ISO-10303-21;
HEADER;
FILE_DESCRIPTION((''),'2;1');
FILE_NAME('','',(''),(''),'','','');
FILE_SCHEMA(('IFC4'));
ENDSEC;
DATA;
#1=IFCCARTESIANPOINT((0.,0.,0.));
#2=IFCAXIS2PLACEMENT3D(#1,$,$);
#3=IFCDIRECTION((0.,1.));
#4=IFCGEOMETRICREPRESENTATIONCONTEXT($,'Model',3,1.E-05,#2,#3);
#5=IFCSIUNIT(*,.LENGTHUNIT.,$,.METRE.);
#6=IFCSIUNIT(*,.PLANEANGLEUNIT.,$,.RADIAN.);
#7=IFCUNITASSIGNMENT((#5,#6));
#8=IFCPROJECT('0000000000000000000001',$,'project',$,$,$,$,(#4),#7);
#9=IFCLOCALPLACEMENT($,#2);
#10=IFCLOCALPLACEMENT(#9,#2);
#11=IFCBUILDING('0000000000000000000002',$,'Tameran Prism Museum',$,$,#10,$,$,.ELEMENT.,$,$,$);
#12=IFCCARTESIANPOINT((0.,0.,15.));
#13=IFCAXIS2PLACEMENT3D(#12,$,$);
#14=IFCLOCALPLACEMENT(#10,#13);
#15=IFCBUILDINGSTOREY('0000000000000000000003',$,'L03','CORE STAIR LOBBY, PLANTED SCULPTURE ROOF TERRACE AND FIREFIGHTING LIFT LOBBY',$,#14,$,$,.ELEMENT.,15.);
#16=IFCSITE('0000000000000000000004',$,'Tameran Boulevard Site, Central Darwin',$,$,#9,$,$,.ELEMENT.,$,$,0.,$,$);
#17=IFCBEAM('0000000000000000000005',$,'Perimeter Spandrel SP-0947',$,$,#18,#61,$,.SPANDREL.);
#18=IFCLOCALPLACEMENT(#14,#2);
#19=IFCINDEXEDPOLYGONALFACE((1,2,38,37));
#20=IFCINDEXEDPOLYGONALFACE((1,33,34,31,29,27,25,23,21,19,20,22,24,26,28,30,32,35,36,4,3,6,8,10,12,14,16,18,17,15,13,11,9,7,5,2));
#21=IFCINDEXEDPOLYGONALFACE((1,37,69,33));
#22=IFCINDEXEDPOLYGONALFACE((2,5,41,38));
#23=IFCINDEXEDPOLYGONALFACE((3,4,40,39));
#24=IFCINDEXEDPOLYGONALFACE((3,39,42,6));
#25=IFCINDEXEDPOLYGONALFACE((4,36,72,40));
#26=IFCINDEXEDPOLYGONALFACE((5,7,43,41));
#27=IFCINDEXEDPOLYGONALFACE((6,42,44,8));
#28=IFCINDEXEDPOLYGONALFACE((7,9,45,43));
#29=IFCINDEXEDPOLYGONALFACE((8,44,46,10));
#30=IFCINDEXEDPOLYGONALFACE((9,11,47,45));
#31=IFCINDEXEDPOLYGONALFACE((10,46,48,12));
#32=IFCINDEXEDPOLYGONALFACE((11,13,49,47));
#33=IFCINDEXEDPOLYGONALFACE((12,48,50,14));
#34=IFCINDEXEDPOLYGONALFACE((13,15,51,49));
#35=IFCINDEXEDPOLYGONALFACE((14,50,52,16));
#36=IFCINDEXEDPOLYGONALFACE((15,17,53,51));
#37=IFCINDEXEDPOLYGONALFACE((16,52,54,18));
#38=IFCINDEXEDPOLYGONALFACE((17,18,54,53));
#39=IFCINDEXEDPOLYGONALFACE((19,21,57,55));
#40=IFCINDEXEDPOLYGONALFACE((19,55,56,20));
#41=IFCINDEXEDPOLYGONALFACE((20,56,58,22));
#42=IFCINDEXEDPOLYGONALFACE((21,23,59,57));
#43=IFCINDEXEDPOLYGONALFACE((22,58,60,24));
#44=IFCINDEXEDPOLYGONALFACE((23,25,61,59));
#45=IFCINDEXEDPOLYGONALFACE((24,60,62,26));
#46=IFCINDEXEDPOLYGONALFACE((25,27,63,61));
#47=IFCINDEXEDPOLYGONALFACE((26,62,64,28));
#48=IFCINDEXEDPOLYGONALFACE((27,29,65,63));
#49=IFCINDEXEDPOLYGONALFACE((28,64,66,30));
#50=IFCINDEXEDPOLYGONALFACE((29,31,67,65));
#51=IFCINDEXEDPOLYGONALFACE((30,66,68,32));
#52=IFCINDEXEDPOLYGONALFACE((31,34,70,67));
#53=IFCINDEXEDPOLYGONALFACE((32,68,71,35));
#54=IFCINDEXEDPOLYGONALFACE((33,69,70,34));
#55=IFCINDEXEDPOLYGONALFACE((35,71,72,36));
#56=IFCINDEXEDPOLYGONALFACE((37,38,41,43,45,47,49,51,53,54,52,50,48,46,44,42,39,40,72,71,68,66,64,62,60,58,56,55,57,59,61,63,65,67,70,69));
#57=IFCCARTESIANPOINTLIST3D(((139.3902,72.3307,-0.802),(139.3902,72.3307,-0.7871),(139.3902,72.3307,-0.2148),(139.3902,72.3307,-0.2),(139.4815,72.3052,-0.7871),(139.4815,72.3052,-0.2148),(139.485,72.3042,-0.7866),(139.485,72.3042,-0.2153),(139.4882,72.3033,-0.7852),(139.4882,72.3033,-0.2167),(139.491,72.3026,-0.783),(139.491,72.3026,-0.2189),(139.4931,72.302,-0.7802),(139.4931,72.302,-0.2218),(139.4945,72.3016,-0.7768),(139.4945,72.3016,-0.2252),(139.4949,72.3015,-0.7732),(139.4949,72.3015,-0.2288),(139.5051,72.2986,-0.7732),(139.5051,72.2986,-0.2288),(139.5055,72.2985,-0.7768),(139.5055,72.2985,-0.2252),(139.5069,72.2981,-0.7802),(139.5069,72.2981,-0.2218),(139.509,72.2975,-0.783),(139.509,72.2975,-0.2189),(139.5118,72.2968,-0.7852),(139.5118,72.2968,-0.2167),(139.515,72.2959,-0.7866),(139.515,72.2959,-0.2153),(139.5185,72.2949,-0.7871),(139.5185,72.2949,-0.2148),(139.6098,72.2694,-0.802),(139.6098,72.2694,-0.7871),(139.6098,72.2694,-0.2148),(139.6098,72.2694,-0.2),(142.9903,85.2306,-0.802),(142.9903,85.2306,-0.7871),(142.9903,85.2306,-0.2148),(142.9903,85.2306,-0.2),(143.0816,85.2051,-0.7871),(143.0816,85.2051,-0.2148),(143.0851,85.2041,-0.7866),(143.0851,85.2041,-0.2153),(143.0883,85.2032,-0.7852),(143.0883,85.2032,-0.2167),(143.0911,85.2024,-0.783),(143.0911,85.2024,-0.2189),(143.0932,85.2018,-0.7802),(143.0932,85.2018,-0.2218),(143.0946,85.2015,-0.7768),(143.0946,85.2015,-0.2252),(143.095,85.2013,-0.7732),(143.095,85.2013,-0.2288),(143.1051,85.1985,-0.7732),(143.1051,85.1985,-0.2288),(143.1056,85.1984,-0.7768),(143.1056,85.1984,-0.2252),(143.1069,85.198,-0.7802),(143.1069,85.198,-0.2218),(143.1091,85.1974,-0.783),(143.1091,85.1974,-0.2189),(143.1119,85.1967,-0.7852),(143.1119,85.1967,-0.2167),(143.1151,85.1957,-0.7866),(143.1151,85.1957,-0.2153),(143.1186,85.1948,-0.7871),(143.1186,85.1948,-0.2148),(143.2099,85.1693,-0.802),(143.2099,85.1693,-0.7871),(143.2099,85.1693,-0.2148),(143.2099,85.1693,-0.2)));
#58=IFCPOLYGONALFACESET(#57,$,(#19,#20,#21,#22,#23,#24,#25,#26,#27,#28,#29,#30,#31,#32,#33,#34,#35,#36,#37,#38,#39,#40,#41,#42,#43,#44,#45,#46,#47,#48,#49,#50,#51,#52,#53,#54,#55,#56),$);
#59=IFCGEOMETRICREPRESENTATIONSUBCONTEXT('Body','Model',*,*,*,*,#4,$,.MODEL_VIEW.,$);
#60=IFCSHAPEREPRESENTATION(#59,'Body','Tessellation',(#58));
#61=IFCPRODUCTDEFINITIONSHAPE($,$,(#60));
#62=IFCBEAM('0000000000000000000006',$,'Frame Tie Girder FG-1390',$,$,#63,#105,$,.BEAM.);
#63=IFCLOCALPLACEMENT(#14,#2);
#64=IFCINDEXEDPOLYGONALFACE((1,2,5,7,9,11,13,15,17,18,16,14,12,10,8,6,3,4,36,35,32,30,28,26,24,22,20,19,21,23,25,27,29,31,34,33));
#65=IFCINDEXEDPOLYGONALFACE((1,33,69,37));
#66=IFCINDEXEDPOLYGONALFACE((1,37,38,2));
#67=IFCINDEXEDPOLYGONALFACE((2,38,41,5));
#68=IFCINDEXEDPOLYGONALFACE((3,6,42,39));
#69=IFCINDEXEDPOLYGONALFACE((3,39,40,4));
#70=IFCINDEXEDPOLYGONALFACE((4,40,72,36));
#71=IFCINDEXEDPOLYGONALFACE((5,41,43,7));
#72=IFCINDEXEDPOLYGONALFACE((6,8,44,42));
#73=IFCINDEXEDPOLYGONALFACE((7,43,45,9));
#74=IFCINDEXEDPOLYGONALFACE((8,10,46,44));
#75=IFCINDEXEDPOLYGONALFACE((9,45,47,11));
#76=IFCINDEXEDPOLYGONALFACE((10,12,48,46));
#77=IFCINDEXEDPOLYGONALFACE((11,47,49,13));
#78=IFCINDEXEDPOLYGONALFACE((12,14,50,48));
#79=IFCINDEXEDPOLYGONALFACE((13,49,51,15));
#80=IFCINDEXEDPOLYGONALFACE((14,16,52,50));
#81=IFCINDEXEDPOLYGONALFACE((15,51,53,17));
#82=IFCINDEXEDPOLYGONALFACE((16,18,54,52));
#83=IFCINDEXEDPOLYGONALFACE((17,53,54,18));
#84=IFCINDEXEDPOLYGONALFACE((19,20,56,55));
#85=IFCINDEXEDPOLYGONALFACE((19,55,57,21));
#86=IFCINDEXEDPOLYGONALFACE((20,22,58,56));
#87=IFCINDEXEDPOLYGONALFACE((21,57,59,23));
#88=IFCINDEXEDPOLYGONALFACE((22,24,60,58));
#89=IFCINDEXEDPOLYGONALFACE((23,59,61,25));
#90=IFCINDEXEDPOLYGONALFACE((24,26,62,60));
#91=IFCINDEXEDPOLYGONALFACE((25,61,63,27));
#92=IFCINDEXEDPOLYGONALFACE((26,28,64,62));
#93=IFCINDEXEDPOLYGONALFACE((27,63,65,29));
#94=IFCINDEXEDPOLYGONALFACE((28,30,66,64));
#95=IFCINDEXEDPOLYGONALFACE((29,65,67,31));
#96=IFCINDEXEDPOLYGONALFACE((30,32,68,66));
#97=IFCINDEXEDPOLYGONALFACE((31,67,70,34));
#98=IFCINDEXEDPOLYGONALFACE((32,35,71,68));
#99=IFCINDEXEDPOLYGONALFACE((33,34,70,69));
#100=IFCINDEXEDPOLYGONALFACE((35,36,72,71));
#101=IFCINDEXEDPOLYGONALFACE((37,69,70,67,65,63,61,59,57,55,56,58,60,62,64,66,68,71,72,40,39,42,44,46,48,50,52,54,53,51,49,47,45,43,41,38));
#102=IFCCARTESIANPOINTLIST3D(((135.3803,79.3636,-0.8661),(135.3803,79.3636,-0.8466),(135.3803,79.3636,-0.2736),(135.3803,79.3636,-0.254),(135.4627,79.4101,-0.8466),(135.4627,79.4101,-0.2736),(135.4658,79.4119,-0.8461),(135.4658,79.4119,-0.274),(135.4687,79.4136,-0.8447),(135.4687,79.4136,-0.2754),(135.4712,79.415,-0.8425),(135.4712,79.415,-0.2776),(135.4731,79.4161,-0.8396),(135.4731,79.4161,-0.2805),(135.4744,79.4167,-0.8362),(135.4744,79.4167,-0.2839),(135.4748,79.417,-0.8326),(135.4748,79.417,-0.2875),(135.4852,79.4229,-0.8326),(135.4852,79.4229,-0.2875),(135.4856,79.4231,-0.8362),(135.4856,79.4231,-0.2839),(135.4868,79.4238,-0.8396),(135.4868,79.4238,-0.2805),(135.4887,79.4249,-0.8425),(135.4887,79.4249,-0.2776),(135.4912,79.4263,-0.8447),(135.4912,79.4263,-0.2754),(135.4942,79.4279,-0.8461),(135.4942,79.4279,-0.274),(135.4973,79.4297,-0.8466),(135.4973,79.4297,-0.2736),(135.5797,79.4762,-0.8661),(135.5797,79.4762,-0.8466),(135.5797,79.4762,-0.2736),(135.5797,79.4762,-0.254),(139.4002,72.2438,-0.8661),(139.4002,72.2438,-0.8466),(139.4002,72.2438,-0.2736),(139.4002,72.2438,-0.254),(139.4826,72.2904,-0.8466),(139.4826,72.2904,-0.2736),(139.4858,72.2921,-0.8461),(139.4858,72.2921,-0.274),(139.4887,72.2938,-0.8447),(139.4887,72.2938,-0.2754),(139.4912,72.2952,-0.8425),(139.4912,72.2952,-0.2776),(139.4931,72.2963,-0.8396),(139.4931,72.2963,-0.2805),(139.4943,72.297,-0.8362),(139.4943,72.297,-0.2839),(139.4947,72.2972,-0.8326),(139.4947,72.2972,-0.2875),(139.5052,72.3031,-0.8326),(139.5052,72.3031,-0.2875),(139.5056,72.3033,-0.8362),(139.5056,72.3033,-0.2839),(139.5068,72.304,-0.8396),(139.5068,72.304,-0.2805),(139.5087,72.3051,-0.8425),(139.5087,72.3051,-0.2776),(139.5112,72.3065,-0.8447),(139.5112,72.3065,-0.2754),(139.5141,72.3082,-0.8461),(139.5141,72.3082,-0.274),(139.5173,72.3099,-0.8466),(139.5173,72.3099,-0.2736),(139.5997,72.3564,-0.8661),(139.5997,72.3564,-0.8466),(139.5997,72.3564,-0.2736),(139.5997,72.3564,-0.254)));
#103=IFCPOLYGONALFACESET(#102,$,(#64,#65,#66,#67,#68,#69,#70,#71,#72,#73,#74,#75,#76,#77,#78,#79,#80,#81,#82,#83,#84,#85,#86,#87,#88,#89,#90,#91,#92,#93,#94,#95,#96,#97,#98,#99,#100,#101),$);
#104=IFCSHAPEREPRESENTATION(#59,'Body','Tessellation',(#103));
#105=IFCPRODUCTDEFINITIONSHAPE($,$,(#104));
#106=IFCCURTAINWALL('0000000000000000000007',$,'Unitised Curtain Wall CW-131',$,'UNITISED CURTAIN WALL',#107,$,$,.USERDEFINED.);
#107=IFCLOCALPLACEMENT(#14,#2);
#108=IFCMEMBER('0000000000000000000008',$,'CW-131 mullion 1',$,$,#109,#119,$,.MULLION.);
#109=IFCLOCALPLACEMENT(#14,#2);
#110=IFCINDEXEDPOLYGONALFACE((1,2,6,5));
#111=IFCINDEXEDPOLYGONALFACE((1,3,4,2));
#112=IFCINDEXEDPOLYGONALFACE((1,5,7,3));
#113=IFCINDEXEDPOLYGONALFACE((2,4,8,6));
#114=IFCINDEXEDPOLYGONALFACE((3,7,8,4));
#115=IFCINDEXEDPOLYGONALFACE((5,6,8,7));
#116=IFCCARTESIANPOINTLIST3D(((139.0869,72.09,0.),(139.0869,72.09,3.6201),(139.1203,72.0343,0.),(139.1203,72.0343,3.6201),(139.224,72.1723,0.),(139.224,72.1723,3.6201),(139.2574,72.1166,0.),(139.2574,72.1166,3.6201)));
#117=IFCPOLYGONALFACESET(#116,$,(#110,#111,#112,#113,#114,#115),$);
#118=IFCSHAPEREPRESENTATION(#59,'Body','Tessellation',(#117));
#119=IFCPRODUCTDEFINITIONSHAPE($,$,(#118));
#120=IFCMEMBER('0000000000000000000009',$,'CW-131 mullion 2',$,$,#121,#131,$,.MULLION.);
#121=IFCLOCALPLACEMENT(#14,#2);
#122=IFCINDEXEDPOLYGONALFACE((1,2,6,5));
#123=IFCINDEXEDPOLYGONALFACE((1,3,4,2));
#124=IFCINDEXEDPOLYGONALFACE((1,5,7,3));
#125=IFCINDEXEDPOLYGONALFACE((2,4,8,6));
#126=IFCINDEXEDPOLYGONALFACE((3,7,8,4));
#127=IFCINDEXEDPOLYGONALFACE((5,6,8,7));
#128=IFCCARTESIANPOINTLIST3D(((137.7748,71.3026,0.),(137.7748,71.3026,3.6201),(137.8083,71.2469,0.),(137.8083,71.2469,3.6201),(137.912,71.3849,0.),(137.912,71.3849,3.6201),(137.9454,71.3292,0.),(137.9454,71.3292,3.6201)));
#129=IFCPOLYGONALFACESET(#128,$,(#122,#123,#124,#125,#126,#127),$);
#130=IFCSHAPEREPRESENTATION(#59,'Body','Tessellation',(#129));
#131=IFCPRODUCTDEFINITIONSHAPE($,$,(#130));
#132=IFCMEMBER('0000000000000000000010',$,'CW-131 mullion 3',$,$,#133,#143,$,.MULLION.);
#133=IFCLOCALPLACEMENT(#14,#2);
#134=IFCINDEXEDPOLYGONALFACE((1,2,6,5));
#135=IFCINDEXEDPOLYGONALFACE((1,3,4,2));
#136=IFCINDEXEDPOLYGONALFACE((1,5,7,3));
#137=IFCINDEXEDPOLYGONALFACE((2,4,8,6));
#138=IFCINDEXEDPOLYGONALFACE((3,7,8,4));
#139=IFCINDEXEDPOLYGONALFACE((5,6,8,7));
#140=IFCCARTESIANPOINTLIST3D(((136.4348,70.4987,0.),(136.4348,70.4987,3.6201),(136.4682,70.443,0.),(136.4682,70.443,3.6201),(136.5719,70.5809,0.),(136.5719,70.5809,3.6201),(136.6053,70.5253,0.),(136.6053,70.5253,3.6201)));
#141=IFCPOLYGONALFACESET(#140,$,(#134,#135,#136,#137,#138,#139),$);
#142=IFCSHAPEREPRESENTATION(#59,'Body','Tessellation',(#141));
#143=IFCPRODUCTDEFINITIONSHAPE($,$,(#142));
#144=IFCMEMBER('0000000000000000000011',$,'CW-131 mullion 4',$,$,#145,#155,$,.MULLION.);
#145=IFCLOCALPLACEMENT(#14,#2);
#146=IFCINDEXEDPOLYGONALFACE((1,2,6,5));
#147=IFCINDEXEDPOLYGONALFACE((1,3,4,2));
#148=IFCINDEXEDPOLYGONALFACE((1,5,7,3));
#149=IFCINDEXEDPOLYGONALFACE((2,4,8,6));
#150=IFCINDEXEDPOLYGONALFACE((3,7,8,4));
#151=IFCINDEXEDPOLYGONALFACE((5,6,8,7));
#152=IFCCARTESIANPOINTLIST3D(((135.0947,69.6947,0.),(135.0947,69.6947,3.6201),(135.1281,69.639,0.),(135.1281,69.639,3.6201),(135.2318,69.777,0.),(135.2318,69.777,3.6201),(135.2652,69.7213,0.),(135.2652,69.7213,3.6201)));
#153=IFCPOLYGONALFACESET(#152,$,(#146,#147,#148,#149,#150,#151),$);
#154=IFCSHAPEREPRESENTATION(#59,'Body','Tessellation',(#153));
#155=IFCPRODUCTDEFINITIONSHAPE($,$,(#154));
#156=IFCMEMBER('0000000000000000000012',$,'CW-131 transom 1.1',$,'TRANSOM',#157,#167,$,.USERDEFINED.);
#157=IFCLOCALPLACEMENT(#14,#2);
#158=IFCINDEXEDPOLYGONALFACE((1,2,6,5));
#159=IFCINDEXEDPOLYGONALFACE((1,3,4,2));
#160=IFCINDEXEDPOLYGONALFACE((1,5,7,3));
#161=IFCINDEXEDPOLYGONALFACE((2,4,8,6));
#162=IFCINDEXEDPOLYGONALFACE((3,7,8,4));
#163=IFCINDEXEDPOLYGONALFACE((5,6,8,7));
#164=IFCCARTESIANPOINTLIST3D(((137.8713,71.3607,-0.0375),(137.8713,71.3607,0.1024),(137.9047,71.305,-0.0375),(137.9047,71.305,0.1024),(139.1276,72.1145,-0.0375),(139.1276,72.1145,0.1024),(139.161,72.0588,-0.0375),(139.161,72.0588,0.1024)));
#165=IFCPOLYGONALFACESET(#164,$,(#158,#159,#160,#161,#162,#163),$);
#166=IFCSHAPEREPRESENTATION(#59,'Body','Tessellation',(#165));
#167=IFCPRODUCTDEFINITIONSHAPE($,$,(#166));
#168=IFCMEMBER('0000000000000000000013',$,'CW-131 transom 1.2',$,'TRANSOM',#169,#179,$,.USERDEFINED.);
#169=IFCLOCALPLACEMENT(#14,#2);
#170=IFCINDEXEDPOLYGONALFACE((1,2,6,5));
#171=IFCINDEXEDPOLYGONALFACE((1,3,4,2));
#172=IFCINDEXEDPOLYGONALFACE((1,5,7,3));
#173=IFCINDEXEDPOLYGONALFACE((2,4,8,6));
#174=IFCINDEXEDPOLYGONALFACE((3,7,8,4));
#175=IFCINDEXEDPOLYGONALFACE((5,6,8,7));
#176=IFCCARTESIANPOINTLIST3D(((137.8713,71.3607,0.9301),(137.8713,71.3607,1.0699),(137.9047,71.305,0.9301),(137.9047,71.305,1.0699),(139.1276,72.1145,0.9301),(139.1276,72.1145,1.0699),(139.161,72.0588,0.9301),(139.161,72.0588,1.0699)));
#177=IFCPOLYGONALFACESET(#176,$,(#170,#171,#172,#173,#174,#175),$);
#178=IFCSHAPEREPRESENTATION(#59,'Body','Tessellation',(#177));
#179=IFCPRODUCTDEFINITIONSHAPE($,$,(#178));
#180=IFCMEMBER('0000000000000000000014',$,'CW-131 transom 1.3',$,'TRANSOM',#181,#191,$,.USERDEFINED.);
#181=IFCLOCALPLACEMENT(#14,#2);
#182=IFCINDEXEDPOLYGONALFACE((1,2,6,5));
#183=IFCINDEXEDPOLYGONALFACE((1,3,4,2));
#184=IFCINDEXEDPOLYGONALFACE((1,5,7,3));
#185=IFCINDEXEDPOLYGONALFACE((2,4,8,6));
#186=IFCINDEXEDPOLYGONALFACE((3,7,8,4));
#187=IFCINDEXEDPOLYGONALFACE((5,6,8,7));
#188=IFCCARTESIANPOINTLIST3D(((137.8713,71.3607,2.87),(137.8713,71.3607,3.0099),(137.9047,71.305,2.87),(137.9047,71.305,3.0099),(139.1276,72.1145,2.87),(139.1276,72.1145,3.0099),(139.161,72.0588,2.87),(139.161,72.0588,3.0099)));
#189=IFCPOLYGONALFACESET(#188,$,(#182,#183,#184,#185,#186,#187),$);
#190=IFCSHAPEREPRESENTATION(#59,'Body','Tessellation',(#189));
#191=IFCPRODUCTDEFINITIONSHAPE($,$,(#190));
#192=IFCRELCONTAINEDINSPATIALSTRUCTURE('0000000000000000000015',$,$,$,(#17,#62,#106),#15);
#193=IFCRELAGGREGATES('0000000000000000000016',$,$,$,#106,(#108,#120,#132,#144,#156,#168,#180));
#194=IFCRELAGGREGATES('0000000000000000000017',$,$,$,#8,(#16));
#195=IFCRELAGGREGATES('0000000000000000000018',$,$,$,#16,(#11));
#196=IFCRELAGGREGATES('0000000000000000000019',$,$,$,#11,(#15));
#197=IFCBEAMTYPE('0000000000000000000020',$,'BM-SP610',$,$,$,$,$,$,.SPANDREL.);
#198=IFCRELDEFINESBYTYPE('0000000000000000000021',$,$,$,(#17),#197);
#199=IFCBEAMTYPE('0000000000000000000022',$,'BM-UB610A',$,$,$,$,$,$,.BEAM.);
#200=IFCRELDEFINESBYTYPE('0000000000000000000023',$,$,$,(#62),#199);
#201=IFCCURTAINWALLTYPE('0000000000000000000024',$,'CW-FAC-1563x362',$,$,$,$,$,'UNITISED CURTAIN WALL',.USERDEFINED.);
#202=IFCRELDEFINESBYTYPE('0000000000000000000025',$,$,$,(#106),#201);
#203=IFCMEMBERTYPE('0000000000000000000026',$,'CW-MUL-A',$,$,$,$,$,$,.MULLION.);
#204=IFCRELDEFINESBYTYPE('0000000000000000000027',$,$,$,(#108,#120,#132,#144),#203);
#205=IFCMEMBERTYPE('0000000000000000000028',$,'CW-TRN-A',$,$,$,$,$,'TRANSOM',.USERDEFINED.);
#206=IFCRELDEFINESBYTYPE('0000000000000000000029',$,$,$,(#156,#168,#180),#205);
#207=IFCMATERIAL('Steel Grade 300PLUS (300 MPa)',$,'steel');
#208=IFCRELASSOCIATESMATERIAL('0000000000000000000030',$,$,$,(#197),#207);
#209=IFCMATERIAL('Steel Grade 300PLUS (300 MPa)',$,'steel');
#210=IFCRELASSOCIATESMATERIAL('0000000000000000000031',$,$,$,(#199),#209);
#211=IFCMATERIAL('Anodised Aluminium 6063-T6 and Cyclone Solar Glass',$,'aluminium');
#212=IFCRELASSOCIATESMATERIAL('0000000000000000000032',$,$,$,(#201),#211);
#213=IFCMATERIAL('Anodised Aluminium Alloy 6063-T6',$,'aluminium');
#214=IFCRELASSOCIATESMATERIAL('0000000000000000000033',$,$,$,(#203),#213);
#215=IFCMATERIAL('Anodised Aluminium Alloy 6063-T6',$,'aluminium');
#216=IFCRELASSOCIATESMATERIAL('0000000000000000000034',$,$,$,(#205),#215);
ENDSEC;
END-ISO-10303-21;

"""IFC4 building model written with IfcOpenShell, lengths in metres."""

from ifc_helpers import new_model, si_unit, direction, frame, origin, origin_2d, place, context, subcontext, project, spatial, rectangle, i_section, extrude, material, material_profile, profile_set, type_object, element, aggregate, save


model = new_model("IFC4")

# Units and contexts
model_context = context("Model", 3, precision=1e-05, world=origin(), true_north=direction((0.0, 1.0)))
body_context = subcontext(model_context, "Body", "Model", "MODEL_VIEW")
ifc_project = project(units=[si_unit("LENGTHUNIT", "METRE"), si_unit("PLANEANGLEUNIT", "RADIAN")], contexts=[model_context])

# Site, building, storey
site_placement = place(None, origin())
site = spatial("IfcSite", under=ifc_project, at=site_placement, Name="Tameran Boulevard Site, Central Darwin", CompositionType="ELEMENT", RefElevation=0.0)
building_placement = place(site_placement, origin())
building = spatial("IfcBuilding", under=site, at=building_placement, Name="Tameran Prism Museum", CompositionType="ELEMENT")
storey_placement = place(building_placement, frame((0.0, 0.0, 15.0)))
storey = spatial("IfcBuildingStorey", under=building, at=storey_placement, Name="L03", Description="CORE STAIR LOBBY, PLANTED SCULPTURE ROOF TERRACE AND FIREFIGHTING LIFT LOBBY", CompositionType="ELEMENT", Elevation=15.0)

# Beams
ifc_material_1 = material(Name="Steel Grade 300PLUS (300 MPa)", Category="steel")
ifc_material_profile_1 = material_profile(ifc_material_1, i_section(OverallWidth=0.228, OverallDepth=0.6021, WebThickness=0.0105, FlangeThickness=0.0149, FilletRadius=0.0139, at=origin_2d()))
ifc_profile_set_1 = profile_set([ifc_material_profile_1])
beam_type_1 = type_object("IfcBeamType", Name="BM-SP610", PredefinedType="SPANDREL", material=ifc_profile_set_1)
beam_1_placement = place(storey_placement, frame((139.5, 72.3, -0.501), z_axis=(0.268808, 0.963194, 0.0), x_axis=(-0.963194, 0.268808, 0.0)))
element("IfcBeam", 1, at=beam_1_placement, inside=storey, type_object=beam_type_1, Name="Perimeter Spandrel SP-0947", PredefinedType="SPANDREL", context=body_context, shape_type="SweptSolid", body=[
    extrude(i_section(OverallWidth=0.228, OverallDepth=0.6021, WebThickness=0.0105, FlangeThickness=0.0149, FilletRadius=0.0139, at=origin_2d()), origin(), (0.0, 0.0, 1.0), 13.3928),
])
ifc_material_2 = material(Name="Steel Grade 300PLUS (300 MPa)", Category="steel")
ifc_material_profile_2 = material_profile(ifc_material_2, i_section(OverallWidth=0.229, OverallDepth=0.6121, WebThickness=0.012, FlangeThickness=0.0195, FilletRadius=0.0139, at=origin_2d()))
ifc_profile_set_2 = profile_set([ifc_material_profile_2])
beam_type_2 = type_object("IfcBeamType", Name="BM-UB610A", PredefinedType="BEAM", material=ifc_profile_set_2)
beam_2_placement = place(storey_placement, frame((135.48, 79.4199, -0.5601), z_axis=(0.491663, -0.870786, 0.0), x_axis=(0.870786, 0.491663, 0.0)))
element("IfcBeam", 2, at=beam_2_placement, inside=storey, type_object=beam_type_2, Name="Frame Tie Girder FG-1390", PredefinedType="BEAM", context=body_context, shape_type="SweptSolid", body=[
    extrude(i_section(OverallWidth=0.229, OverallDepth=0.6121, WebThickness=0.012, FlangeThickness=0.0195, FilletRadius=0.0139, at=origin_2d()), origin(), (0.0, 0.0, 1.0), 8.1763),
])

# Curtain wall, members
ifc_material_3 = material(Name="Anodised Aluminium 6063-T6 and Cyclone Solar Glass", Category="aluminium")
curtain_wall_type = type_object("IfcCurtainWallType", Name="CW-FAC-1563x362", ElementType="UNITISED CURTAIN WALL", PredefinedType="USERDEFINED", material=ifc_material_3)
curtain_wall_placement = place(storey_placement, origin())
curtain_wall = element("IfcCurtainWall", 3, at=curtain_wall_placement, inside=storey, type_object=curtain_wall_type, Name="Unitised Curtain Wall CW-131", ObjectType="UNITISED CURTAIN WALL", PredefinedType="USERDEFINED")
ifc_material_4 = material(Name="Anodised Aluminium Alloy 6063-T6", Category="aluminium")
ifc_material_profile_3 = material_profile(ifc_material_4, rectangle(XDim=0.0649, YDim=0.1599, at=origin_2d()))
ifc_profile_set_3 = profile_set([ifc_material_profile_3])
member_type_1 = type_object("IfcMemberType", Name="CW-MUL-A", PredefinedType="MULLION", material=ifc_profile_set_3)
member_1_placement = place(storey_placement, frame((139.1721, 72.1033, 0.0), z_axis=(0.0, 0.0, 1.0), x_axis=(0.514496, -0.857493, 0.0)))
member_1 = element("IfcMember", 4, at=member_1_placement, type_object=member_type_1, Name="CW-131 mullion 1", PredefinedType="MULLION", context=body_context, shape_type="SweptSolid", body=[
    extrude(rectangle(XDim=0.0649, YDim=0.1599, at=origin_2d()), origin(), (0.0, 0.0, 1.0), 3.6201),
])
member_2_placement = place(storey_placement, frame((137.8601, 71.3159, 0.0), z_axis=(0.0, 0.0, 1.0), x_axis=(0.514496, -0.857493, 0.0)))
member_2 = element("IfcMember", 5, at=member_2_placement, type_object=member_type_1, Name="CW-131 mullion 2", PredefinedType="MULLION", context=body_context, shape_type="SweptSolid", body=[
    extrude(rectangle(XDim=0.0649, YDim=0.1599, at=origin_2d()), origin(), (0.0, 0.0, 1.0), 3.6201),
])
member_3_placement = place(storey_placement, frame((136.52, 70.512, 0.0), z_axis=(0.0, 0.0, 1.0), x_axis=(0.514496, -0.857493, 0.0)))
member_3 = element("IfcMember", 6, at=member_3_placement, type_object=member_type_1, Name="CW-131 mullion 3", PredefinedType="MULLION", context=body_context, shape_type="SweptSolid", body=[
    extrude(rectangle(XDim=0.0649, YDim=0.1599, at=origin_2d()), origin(), (0.0, 0.0, 1.0), 3.6201),
])
member_4_placement = place(storey_placement, frame((135.1799, 69.708, 0.0), z_axis=(0.0, 0.0, 1.0), x_axis=(0.514496, -0.857493, 0.0)))
member_4 = element("IfcMember", 7, at=member_4_placement, type_object=member_type_1, Name="CW-131 mullion 4", PredefinedType="MULLION", context=body_context, shape_type="SweptSolid", body=[
    extrude(rectangle(XDim=0.0649, YDim=0.1599, at=origin_2d()), origin(), (0.0, 0.0, 1.0), 3.6201),
])
ifc_material_5 = material(Name="Anodised Aluminium Alloy 6063-T6", Category="aluminium")
ifc_material_profile_4 = material_profile(ifc_material_5, rectangle(XDim=0.0649, YDim=0.1399, at=origin_2d()))
ifc_profile_set_4 = profile_set([ifc_material_profile_4])
member_type_2 = type_object("IfcMemberType", Name="CW-TRN-A", ElementType="TRANSOM", PredefinedType="USERDEFINED", material=ifc_profile_set_4)
member_5_placement = place(storey_placement, frame((139.1443, 72.0867, 0.0325), z_axis=(-0.857464, -0.514545, 0.0), x_axis=(0.514545, -0.857464, 0.0)))
member_5 = element("IfcMember", 8, at=member_5_placement, type_object=member_type_2, Name="CW-131 transom 1.1", ObjectType="TRANSOM", PredefinedType="USERDEFINED", context=body_context, shape_type="SweptSolid", body=[
    extrude(rectangle(XDim=0.0649, YDim=0.1399, at=origin_2d()), origin(), (0.0, 0.0, 1.0), 1.4651),
])
member_6_placement = place(storey_placement, frame((139.1443, 72.0867, 1.0), z_axis=(-0.857464, -0.514545, 0.0), x_axis=(0.514545, -0.857464, 0.0)))
member_6 = element("IfcMember", 9, at=member_6_placement, type_object=member_type_2, Name="CW-131 transom 1.2", ObjectType="TRANSOM", PredefinedType="USERDEFINED", context=body_context, shape_type="SweptSolid", body=[
    extrude(rectangle(XDim=0.0649, YDim=0.1399, at=origin_2d()), origin(), (0.0, 0.0, 1.0), 1.4651),
])
member_7_placement = place(storey_placement, frame((139.1443, 72.0867, 2.9399), z_axis=(-0.857464, -0.514545, 0.0), x_axis=(0.514545, -0.857464, 0.0)))
member_7 = element("IfcMember", 10, at=member_7_placement, type_object=member_type_2, Name="CW-131 transom 1.3", ObjectType="TRANSOM", PredefinedType="USERDEFINED", context=body_context, shape_type="SweptSolid", body=[
    extrude(rectangle(XDim=0.0649, YDim=0.1399, at=origin_2d()), origin(), (0.0, 0.0, 1.0), 1.4651),
])

aggregate(curtain_wall, [member_1, member_2, member_3, member_4, member_5, member_6, member_7])

save(model, "model.ifc")
